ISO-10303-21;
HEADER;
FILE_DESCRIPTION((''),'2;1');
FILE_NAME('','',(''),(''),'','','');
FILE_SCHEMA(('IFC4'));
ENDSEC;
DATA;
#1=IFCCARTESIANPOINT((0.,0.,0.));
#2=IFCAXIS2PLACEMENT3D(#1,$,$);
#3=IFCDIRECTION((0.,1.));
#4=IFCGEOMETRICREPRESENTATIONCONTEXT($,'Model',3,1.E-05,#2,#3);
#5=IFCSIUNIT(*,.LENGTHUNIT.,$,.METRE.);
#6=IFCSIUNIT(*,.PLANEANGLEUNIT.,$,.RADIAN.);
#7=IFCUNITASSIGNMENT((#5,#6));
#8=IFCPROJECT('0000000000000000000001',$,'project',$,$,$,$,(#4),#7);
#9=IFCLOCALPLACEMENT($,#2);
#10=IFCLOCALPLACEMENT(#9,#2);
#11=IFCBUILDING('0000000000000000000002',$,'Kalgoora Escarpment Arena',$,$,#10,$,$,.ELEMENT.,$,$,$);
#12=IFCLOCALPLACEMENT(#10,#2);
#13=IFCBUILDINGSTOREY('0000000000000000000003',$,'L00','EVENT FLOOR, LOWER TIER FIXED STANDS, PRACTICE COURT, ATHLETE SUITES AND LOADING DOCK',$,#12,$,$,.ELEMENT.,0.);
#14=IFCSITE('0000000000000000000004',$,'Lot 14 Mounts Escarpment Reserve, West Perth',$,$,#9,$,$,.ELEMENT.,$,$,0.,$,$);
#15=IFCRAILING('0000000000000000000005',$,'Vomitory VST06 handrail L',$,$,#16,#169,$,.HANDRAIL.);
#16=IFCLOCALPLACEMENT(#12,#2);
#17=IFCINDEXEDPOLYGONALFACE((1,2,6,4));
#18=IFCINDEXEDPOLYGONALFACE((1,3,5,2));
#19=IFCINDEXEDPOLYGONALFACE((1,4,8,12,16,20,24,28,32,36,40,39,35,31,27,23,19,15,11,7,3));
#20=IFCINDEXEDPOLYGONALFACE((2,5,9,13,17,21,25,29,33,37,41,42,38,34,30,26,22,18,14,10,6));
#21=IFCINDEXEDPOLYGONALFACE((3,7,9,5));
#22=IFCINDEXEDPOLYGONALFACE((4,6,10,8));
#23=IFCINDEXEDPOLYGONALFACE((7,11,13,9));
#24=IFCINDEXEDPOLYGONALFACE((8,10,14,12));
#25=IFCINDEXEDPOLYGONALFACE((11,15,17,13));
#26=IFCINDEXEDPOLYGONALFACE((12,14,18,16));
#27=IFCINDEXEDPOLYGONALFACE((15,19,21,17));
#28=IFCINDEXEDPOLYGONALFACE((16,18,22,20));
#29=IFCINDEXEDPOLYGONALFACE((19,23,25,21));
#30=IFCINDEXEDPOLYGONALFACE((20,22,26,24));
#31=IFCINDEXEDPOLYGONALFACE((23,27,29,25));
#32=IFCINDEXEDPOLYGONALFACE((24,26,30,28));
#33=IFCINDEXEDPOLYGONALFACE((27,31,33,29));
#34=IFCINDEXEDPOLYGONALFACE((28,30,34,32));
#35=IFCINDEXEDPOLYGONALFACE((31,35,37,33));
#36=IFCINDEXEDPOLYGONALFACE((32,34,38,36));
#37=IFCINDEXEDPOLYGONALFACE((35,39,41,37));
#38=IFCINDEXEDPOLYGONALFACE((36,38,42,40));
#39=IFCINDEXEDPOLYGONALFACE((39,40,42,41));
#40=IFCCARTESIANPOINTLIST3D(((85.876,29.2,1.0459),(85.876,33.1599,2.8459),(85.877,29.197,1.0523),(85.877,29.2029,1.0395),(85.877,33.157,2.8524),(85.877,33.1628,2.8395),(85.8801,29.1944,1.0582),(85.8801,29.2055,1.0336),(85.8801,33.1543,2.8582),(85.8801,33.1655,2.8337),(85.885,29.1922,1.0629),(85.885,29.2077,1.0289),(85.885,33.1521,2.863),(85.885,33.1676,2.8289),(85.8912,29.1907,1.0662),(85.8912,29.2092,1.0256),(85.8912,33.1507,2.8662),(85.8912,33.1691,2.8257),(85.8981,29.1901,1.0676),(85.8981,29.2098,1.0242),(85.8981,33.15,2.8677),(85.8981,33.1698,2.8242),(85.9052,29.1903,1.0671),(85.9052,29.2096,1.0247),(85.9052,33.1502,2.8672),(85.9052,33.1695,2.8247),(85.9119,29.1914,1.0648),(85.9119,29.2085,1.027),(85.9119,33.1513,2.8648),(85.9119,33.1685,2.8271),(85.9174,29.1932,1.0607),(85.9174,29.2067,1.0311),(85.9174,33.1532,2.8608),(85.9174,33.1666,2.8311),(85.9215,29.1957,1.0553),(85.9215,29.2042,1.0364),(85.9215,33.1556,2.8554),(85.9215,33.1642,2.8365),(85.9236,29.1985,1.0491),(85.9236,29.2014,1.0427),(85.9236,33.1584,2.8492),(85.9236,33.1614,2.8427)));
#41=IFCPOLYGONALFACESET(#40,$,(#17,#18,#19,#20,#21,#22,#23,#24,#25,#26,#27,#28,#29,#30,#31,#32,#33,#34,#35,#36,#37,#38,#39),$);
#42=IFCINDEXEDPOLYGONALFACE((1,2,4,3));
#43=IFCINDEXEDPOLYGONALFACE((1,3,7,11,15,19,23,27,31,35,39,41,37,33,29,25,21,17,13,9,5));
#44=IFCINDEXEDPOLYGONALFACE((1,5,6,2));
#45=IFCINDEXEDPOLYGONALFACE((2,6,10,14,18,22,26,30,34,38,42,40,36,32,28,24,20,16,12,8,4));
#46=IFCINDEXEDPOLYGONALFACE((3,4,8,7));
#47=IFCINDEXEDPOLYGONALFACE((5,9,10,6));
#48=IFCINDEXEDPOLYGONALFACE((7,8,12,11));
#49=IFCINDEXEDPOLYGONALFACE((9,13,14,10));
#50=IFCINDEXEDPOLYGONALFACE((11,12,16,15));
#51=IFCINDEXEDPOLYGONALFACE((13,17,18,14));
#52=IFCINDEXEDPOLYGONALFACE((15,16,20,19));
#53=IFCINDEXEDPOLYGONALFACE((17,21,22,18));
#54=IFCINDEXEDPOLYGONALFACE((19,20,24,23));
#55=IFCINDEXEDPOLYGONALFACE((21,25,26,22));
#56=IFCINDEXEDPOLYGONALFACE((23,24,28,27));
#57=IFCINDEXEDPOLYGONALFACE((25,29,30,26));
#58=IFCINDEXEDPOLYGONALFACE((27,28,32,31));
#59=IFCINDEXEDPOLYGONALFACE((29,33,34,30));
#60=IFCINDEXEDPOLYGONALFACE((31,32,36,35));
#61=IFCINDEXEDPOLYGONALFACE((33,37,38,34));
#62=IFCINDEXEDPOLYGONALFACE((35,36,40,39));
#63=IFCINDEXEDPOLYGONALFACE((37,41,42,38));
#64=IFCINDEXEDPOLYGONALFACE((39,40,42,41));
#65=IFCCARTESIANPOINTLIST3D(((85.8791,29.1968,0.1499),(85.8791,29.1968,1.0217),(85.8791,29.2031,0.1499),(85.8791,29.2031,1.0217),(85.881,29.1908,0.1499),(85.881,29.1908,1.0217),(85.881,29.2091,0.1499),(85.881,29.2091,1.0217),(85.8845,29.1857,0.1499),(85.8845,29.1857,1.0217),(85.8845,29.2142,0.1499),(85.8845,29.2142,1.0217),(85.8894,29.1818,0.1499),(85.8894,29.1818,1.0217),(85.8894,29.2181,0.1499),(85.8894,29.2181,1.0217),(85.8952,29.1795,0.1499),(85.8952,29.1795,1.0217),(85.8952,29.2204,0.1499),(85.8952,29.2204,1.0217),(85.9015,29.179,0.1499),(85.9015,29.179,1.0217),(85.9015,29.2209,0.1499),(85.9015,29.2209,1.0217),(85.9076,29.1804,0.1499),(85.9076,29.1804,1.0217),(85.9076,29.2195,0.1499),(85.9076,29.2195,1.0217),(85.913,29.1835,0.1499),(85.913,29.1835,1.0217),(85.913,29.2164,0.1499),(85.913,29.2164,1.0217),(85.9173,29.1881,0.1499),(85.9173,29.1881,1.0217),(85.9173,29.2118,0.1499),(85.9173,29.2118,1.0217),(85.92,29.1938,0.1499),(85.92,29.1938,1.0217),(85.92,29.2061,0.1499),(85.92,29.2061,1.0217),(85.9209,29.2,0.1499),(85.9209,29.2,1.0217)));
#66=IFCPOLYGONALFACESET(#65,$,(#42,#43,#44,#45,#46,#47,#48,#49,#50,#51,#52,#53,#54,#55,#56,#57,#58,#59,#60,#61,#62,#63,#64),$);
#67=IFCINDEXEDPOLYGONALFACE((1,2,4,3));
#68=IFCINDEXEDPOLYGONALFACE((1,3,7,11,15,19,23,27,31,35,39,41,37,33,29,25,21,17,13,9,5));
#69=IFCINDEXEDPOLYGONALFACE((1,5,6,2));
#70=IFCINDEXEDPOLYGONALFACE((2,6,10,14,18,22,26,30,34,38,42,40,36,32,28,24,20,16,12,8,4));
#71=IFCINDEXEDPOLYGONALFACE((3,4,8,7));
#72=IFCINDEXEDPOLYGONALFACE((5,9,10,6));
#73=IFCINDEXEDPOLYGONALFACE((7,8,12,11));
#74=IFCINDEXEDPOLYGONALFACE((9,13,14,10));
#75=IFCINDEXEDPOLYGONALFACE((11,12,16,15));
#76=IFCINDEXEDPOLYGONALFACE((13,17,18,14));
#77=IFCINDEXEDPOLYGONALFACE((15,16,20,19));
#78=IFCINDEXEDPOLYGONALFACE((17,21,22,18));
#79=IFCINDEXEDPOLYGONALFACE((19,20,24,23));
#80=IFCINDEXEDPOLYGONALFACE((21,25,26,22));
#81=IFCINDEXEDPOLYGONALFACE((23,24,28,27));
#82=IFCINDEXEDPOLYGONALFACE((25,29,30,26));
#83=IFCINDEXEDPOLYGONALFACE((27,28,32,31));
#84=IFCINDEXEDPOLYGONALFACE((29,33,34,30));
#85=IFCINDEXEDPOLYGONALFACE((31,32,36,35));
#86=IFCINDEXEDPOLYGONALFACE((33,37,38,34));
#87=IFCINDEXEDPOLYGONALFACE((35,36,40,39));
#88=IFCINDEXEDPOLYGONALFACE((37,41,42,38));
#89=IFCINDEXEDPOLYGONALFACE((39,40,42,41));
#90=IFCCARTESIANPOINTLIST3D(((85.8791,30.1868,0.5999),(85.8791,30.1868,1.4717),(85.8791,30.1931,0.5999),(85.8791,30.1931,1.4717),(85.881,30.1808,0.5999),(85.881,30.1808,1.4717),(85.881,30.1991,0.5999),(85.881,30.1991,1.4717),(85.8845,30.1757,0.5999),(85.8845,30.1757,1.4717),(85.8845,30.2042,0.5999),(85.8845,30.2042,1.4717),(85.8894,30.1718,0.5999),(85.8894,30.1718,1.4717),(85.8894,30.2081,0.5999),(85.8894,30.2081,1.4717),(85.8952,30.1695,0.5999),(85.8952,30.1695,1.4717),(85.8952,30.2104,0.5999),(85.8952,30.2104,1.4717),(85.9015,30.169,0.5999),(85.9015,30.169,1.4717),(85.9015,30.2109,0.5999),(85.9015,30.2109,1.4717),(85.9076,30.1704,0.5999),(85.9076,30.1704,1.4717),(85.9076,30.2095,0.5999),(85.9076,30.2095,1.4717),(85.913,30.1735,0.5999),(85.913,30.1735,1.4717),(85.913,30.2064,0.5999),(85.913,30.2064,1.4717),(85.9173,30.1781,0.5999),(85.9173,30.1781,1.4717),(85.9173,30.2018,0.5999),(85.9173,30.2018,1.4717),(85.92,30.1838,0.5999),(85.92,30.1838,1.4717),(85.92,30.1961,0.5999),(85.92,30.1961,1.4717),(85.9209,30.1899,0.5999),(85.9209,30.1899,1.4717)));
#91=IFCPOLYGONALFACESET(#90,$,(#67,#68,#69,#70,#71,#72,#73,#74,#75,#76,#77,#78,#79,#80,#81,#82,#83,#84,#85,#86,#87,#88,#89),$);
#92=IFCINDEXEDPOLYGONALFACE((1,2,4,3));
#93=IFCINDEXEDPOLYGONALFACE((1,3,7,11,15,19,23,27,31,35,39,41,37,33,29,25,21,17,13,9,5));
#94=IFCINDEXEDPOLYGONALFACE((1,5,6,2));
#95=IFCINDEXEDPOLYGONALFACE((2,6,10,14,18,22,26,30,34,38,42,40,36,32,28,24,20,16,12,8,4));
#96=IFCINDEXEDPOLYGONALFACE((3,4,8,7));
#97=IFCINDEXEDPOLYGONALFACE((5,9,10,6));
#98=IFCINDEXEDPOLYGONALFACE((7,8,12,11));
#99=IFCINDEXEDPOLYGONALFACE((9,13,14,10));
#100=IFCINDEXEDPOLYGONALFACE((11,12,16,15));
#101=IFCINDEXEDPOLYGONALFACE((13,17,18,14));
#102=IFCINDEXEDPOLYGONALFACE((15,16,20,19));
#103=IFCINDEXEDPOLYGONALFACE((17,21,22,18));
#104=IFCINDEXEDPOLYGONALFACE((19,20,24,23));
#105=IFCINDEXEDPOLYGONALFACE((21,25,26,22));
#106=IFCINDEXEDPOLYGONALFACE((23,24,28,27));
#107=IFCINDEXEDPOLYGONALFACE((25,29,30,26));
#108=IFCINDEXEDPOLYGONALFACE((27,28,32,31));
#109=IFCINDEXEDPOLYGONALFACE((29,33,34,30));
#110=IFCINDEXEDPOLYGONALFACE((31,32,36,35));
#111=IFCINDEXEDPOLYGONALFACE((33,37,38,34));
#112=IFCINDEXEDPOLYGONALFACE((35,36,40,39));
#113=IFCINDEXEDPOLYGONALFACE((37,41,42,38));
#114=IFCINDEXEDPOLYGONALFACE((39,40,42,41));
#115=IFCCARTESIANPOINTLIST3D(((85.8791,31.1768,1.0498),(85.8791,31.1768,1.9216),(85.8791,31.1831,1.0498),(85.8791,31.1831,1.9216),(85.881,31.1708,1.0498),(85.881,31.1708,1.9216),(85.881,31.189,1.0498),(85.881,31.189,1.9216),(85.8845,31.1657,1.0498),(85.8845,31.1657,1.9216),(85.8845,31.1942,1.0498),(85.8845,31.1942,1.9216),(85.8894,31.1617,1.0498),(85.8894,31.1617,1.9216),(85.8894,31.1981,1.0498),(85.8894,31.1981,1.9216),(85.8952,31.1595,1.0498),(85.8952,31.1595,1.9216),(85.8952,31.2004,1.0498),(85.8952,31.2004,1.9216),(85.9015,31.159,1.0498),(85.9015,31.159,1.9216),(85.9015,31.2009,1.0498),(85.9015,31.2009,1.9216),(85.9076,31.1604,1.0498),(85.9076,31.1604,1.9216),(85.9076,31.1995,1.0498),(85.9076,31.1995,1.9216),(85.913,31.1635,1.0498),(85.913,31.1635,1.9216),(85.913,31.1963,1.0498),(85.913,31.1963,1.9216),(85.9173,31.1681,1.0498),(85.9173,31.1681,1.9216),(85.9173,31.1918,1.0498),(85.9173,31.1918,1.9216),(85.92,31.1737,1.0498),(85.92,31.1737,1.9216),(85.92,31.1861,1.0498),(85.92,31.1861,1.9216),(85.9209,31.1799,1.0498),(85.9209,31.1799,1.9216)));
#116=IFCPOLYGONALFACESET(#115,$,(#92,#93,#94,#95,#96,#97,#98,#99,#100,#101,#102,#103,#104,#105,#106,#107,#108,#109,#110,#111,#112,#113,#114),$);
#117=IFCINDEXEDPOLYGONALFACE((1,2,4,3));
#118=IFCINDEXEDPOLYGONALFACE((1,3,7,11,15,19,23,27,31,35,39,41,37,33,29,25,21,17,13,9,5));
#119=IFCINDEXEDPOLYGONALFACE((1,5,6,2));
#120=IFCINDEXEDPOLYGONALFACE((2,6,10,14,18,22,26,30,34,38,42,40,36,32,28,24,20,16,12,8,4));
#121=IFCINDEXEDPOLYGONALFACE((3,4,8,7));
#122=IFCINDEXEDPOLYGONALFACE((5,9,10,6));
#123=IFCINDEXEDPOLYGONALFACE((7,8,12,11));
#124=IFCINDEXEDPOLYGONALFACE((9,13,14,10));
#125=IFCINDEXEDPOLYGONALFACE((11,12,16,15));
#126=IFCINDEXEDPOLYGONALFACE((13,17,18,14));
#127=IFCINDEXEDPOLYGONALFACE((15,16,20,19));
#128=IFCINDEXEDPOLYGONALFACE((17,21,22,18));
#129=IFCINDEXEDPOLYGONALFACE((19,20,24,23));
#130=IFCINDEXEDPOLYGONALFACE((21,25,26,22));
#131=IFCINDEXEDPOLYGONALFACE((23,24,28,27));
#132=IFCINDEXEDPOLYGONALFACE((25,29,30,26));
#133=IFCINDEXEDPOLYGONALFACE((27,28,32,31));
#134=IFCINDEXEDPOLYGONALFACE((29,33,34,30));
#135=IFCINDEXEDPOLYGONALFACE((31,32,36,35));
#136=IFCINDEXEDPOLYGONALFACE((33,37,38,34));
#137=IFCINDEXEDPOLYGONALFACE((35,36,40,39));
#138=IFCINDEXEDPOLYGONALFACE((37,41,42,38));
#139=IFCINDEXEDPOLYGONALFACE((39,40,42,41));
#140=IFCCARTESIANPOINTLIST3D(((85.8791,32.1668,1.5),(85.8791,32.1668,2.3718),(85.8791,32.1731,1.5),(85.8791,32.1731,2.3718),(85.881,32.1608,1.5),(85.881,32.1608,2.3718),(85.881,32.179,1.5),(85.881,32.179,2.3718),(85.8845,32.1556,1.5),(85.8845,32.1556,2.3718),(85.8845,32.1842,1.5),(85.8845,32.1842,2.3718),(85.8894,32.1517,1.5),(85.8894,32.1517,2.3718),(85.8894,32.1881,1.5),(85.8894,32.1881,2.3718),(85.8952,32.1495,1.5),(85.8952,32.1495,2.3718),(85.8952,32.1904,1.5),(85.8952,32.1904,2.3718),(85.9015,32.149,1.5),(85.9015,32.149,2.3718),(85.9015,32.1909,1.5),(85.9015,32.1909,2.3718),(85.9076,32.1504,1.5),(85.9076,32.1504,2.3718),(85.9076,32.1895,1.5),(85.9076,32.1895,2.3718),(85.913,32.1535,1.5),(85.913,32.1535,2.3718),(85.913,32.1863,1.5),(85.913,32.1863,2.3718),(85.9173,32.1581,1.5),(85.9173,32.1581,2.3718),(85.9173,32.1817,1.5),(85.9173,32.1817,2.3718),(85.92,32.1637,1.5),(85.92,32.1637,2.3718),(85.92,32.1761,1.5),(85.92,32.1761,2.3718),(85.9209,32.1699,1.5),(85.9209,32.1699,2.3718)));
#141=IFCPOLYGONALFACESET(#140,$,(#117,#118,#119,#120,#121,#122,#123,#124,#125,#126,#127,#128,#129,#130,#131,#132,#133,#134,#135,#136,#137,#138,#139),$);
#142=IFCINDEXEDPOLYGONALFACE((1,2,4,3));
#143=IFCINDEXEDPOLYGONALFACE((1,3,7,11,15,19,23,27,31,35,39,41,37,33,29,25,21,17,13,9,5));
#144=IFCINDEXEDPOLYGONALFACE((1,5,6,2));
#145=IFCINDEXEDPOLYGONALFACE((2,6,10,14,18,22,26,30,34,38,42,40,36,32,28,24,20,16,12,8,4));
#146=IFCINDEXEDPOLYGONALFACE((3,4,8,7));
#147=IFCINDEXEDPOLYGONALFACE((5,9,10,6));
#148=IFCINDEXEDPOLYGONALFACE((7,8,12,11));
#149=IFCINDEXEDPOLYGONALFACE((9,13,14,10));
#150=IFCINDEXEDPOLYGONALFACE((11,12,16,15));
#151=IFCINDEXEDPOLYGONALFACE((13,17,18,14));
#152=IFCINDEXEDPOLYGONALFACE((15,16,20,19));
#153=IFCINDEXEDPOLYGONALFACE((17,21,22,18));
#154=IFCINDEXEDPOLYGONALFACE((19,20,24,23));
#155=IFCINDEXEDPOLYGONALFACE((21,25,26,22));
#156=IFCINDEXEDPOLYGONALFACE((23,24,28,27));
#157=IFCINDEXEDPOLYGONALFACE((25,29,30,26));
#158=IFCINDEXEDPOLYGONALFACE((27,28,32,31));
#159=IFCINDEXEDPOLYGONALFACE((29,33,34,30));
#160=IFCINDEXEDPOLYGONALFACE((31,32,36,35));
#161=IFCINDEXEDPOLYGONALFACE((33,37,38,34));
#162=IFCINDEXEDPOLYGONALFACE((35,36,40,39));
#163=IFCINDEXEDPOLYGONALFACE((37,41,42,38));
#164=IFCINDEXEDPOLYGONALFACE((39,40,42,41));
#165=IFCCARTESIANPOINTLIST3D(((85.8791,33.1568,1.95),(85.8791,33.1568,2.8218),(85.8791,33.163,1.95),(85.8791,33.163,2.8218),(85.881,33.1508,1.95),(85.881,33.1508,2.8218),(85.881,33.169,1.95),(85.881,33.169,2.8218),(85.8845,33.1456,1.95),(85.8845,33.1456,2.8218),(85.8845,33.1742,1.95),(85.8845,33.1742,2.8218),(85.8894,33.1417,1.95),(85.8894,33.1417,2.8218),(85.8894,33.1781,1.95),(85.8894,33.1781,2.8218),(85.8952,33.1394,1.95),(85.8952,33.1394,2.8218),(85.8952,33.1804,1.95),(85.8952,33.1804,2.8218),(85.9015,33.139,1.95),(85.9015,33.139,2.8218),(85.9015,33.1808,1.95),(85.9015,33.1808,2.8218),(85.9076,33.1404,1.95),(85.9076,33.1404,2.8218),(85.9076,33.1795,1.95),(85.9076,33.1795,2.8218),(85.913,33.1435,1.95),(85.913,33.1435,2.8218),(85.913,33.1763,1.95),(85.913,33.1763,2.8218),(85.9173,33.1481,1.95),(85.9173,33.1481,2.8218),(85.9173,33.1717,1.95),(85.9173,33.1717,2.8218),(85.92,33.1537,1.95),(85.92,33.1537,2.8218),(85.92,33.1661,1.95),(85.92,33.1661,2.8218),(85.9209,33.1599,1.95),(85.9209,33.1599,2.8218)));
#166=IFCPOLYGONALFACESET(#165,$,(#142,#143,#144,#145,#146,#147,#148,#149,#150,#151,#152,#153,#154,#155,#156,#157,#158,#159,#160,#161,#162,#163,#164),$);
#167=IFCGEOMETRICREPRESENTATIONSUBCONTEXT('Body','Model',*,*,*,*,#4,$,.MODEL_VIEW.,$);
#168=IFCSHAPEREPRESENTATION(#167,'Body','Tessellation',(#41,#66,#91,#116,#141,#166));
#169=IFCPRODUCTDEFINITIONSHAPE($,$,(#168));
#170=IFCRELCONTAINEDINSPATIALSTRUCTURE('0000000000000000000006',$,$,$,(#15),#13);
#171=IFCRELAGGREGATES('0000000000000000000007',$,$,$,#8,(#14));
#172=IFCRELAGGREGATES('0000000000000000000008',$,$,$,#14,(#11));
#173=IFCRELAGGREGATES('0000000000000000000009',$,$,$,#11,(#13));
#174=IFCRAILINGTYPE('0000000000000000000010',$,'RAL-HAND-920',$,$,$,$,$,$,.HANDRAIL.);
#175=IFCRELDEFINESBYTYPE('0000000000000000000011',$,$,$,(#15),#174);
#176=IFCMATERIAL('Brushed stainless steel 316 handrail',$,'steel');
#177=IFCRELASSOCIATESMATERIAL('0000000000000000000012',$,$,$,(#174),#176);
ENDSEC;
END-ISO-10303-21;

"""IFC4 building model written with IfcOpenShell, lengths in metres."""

from ifc_helpers import new_model, si_unit, direction, frame, origin, origin_2d, place, context, subcontext, project, spatial, circle, extrude, material, type_object, element, save


model = new_model("IFC4")

# Units and contexts
model_context = context("Model", 3, precision=1e-05, world=origin(), true_north=direction((0.0, 1.0)))
body_context = subcontext(model_context, "Body", "Model", "MODEL_VIEW")
ifc_project = project(units=[si_unit("LENGTHUNIT", "METRE"), si_unit("PLANEANGLEUNIT", "RADIAN")], contexts=[model_context])

# Site, building, storey
site_placement = place(None, origin())
site = spatial("IfcSite", under=ifc_project, at=site_placement, Name="Lot 14 Mounts Escarpment Reserve, West Perth", CompositionType="ELEMENT", RefElevation=0.0)
building_placement = place(site_placement, origin())
building = spatial("IfcBuilding", under=site, at=building_placement, Name="Kalgoora Escarpment Arena", CompositionType="ELEMENT")
storey_placement = place(building_placement, origin())
storey = spatial("IfcBuildingStorey", under=building, at=storey_placement, Name="L00", Description="EVENT FLOOR, LOWER TIER FIXED STANDS, PRACTICE COURT, ATHLETE SUITES AND LOADING DOCK", CompositionType="ELEMENT", Elevation=0.0)

# Railing
ifc_material_1 = material(Name="Brushed stainless steel 316 handrail", Category="steel")
railing_type_1 = type_object("IfcRailingType", Name="RAL-HAND-920", PredefinedType="HANDRAIL", material=ifc_material_1)
for number, where, name in (
    (1, (85.8999, 29.2, 0.1499), "Vomitory VST06 handrail L"),
):
    element("IfcRailing", number, at=place(storey_placement, frame(where)), inside=storey, type_object=railing_type_1, Name=name, PredefinedType="HANDRAIL", context=body_context, shape_type="SweptSolid", body=[
        extrude(circle(Radius=0.0239, at=origin_2d()), frame((0.0, 0.0, 0.896), z_axis=(0.0, 0.910361, 0.413816), x_axis=(-1.0, 0.0, 0.0)), (0.0, 0.0, 1.0), 4.3499),
        extrude(circle(Radius=0.021, at=origin_2d()), origin(), (0.0, 0.0, 1.0), 0.8718),
        extrude(circle(Radius=0.021, at=origin_2d()), frame((0.0, 0.99, 0.45)), (0.0, 0.0, 1.0), 0.8718),
        extrude(circle(Radius=0.021, at=origin_2d()), frame((0.0, 1.98, 0.8999)), (0.0, 0.0, 1.0), 0.8718),
        extrude(circle(Radius=0.021, at=origin_2d()), frame((0.0, 2.97, 1.3501)), (0.0, 0.0, 1.0), 0.8718),
        extrude(circle(Radius=0.021, at=origin_2d()), frame((0.0, 3.96, 1.8)), (0.0, 0.0, 1.0), 0.8718),
    ])

save(model, "model.ifc")
